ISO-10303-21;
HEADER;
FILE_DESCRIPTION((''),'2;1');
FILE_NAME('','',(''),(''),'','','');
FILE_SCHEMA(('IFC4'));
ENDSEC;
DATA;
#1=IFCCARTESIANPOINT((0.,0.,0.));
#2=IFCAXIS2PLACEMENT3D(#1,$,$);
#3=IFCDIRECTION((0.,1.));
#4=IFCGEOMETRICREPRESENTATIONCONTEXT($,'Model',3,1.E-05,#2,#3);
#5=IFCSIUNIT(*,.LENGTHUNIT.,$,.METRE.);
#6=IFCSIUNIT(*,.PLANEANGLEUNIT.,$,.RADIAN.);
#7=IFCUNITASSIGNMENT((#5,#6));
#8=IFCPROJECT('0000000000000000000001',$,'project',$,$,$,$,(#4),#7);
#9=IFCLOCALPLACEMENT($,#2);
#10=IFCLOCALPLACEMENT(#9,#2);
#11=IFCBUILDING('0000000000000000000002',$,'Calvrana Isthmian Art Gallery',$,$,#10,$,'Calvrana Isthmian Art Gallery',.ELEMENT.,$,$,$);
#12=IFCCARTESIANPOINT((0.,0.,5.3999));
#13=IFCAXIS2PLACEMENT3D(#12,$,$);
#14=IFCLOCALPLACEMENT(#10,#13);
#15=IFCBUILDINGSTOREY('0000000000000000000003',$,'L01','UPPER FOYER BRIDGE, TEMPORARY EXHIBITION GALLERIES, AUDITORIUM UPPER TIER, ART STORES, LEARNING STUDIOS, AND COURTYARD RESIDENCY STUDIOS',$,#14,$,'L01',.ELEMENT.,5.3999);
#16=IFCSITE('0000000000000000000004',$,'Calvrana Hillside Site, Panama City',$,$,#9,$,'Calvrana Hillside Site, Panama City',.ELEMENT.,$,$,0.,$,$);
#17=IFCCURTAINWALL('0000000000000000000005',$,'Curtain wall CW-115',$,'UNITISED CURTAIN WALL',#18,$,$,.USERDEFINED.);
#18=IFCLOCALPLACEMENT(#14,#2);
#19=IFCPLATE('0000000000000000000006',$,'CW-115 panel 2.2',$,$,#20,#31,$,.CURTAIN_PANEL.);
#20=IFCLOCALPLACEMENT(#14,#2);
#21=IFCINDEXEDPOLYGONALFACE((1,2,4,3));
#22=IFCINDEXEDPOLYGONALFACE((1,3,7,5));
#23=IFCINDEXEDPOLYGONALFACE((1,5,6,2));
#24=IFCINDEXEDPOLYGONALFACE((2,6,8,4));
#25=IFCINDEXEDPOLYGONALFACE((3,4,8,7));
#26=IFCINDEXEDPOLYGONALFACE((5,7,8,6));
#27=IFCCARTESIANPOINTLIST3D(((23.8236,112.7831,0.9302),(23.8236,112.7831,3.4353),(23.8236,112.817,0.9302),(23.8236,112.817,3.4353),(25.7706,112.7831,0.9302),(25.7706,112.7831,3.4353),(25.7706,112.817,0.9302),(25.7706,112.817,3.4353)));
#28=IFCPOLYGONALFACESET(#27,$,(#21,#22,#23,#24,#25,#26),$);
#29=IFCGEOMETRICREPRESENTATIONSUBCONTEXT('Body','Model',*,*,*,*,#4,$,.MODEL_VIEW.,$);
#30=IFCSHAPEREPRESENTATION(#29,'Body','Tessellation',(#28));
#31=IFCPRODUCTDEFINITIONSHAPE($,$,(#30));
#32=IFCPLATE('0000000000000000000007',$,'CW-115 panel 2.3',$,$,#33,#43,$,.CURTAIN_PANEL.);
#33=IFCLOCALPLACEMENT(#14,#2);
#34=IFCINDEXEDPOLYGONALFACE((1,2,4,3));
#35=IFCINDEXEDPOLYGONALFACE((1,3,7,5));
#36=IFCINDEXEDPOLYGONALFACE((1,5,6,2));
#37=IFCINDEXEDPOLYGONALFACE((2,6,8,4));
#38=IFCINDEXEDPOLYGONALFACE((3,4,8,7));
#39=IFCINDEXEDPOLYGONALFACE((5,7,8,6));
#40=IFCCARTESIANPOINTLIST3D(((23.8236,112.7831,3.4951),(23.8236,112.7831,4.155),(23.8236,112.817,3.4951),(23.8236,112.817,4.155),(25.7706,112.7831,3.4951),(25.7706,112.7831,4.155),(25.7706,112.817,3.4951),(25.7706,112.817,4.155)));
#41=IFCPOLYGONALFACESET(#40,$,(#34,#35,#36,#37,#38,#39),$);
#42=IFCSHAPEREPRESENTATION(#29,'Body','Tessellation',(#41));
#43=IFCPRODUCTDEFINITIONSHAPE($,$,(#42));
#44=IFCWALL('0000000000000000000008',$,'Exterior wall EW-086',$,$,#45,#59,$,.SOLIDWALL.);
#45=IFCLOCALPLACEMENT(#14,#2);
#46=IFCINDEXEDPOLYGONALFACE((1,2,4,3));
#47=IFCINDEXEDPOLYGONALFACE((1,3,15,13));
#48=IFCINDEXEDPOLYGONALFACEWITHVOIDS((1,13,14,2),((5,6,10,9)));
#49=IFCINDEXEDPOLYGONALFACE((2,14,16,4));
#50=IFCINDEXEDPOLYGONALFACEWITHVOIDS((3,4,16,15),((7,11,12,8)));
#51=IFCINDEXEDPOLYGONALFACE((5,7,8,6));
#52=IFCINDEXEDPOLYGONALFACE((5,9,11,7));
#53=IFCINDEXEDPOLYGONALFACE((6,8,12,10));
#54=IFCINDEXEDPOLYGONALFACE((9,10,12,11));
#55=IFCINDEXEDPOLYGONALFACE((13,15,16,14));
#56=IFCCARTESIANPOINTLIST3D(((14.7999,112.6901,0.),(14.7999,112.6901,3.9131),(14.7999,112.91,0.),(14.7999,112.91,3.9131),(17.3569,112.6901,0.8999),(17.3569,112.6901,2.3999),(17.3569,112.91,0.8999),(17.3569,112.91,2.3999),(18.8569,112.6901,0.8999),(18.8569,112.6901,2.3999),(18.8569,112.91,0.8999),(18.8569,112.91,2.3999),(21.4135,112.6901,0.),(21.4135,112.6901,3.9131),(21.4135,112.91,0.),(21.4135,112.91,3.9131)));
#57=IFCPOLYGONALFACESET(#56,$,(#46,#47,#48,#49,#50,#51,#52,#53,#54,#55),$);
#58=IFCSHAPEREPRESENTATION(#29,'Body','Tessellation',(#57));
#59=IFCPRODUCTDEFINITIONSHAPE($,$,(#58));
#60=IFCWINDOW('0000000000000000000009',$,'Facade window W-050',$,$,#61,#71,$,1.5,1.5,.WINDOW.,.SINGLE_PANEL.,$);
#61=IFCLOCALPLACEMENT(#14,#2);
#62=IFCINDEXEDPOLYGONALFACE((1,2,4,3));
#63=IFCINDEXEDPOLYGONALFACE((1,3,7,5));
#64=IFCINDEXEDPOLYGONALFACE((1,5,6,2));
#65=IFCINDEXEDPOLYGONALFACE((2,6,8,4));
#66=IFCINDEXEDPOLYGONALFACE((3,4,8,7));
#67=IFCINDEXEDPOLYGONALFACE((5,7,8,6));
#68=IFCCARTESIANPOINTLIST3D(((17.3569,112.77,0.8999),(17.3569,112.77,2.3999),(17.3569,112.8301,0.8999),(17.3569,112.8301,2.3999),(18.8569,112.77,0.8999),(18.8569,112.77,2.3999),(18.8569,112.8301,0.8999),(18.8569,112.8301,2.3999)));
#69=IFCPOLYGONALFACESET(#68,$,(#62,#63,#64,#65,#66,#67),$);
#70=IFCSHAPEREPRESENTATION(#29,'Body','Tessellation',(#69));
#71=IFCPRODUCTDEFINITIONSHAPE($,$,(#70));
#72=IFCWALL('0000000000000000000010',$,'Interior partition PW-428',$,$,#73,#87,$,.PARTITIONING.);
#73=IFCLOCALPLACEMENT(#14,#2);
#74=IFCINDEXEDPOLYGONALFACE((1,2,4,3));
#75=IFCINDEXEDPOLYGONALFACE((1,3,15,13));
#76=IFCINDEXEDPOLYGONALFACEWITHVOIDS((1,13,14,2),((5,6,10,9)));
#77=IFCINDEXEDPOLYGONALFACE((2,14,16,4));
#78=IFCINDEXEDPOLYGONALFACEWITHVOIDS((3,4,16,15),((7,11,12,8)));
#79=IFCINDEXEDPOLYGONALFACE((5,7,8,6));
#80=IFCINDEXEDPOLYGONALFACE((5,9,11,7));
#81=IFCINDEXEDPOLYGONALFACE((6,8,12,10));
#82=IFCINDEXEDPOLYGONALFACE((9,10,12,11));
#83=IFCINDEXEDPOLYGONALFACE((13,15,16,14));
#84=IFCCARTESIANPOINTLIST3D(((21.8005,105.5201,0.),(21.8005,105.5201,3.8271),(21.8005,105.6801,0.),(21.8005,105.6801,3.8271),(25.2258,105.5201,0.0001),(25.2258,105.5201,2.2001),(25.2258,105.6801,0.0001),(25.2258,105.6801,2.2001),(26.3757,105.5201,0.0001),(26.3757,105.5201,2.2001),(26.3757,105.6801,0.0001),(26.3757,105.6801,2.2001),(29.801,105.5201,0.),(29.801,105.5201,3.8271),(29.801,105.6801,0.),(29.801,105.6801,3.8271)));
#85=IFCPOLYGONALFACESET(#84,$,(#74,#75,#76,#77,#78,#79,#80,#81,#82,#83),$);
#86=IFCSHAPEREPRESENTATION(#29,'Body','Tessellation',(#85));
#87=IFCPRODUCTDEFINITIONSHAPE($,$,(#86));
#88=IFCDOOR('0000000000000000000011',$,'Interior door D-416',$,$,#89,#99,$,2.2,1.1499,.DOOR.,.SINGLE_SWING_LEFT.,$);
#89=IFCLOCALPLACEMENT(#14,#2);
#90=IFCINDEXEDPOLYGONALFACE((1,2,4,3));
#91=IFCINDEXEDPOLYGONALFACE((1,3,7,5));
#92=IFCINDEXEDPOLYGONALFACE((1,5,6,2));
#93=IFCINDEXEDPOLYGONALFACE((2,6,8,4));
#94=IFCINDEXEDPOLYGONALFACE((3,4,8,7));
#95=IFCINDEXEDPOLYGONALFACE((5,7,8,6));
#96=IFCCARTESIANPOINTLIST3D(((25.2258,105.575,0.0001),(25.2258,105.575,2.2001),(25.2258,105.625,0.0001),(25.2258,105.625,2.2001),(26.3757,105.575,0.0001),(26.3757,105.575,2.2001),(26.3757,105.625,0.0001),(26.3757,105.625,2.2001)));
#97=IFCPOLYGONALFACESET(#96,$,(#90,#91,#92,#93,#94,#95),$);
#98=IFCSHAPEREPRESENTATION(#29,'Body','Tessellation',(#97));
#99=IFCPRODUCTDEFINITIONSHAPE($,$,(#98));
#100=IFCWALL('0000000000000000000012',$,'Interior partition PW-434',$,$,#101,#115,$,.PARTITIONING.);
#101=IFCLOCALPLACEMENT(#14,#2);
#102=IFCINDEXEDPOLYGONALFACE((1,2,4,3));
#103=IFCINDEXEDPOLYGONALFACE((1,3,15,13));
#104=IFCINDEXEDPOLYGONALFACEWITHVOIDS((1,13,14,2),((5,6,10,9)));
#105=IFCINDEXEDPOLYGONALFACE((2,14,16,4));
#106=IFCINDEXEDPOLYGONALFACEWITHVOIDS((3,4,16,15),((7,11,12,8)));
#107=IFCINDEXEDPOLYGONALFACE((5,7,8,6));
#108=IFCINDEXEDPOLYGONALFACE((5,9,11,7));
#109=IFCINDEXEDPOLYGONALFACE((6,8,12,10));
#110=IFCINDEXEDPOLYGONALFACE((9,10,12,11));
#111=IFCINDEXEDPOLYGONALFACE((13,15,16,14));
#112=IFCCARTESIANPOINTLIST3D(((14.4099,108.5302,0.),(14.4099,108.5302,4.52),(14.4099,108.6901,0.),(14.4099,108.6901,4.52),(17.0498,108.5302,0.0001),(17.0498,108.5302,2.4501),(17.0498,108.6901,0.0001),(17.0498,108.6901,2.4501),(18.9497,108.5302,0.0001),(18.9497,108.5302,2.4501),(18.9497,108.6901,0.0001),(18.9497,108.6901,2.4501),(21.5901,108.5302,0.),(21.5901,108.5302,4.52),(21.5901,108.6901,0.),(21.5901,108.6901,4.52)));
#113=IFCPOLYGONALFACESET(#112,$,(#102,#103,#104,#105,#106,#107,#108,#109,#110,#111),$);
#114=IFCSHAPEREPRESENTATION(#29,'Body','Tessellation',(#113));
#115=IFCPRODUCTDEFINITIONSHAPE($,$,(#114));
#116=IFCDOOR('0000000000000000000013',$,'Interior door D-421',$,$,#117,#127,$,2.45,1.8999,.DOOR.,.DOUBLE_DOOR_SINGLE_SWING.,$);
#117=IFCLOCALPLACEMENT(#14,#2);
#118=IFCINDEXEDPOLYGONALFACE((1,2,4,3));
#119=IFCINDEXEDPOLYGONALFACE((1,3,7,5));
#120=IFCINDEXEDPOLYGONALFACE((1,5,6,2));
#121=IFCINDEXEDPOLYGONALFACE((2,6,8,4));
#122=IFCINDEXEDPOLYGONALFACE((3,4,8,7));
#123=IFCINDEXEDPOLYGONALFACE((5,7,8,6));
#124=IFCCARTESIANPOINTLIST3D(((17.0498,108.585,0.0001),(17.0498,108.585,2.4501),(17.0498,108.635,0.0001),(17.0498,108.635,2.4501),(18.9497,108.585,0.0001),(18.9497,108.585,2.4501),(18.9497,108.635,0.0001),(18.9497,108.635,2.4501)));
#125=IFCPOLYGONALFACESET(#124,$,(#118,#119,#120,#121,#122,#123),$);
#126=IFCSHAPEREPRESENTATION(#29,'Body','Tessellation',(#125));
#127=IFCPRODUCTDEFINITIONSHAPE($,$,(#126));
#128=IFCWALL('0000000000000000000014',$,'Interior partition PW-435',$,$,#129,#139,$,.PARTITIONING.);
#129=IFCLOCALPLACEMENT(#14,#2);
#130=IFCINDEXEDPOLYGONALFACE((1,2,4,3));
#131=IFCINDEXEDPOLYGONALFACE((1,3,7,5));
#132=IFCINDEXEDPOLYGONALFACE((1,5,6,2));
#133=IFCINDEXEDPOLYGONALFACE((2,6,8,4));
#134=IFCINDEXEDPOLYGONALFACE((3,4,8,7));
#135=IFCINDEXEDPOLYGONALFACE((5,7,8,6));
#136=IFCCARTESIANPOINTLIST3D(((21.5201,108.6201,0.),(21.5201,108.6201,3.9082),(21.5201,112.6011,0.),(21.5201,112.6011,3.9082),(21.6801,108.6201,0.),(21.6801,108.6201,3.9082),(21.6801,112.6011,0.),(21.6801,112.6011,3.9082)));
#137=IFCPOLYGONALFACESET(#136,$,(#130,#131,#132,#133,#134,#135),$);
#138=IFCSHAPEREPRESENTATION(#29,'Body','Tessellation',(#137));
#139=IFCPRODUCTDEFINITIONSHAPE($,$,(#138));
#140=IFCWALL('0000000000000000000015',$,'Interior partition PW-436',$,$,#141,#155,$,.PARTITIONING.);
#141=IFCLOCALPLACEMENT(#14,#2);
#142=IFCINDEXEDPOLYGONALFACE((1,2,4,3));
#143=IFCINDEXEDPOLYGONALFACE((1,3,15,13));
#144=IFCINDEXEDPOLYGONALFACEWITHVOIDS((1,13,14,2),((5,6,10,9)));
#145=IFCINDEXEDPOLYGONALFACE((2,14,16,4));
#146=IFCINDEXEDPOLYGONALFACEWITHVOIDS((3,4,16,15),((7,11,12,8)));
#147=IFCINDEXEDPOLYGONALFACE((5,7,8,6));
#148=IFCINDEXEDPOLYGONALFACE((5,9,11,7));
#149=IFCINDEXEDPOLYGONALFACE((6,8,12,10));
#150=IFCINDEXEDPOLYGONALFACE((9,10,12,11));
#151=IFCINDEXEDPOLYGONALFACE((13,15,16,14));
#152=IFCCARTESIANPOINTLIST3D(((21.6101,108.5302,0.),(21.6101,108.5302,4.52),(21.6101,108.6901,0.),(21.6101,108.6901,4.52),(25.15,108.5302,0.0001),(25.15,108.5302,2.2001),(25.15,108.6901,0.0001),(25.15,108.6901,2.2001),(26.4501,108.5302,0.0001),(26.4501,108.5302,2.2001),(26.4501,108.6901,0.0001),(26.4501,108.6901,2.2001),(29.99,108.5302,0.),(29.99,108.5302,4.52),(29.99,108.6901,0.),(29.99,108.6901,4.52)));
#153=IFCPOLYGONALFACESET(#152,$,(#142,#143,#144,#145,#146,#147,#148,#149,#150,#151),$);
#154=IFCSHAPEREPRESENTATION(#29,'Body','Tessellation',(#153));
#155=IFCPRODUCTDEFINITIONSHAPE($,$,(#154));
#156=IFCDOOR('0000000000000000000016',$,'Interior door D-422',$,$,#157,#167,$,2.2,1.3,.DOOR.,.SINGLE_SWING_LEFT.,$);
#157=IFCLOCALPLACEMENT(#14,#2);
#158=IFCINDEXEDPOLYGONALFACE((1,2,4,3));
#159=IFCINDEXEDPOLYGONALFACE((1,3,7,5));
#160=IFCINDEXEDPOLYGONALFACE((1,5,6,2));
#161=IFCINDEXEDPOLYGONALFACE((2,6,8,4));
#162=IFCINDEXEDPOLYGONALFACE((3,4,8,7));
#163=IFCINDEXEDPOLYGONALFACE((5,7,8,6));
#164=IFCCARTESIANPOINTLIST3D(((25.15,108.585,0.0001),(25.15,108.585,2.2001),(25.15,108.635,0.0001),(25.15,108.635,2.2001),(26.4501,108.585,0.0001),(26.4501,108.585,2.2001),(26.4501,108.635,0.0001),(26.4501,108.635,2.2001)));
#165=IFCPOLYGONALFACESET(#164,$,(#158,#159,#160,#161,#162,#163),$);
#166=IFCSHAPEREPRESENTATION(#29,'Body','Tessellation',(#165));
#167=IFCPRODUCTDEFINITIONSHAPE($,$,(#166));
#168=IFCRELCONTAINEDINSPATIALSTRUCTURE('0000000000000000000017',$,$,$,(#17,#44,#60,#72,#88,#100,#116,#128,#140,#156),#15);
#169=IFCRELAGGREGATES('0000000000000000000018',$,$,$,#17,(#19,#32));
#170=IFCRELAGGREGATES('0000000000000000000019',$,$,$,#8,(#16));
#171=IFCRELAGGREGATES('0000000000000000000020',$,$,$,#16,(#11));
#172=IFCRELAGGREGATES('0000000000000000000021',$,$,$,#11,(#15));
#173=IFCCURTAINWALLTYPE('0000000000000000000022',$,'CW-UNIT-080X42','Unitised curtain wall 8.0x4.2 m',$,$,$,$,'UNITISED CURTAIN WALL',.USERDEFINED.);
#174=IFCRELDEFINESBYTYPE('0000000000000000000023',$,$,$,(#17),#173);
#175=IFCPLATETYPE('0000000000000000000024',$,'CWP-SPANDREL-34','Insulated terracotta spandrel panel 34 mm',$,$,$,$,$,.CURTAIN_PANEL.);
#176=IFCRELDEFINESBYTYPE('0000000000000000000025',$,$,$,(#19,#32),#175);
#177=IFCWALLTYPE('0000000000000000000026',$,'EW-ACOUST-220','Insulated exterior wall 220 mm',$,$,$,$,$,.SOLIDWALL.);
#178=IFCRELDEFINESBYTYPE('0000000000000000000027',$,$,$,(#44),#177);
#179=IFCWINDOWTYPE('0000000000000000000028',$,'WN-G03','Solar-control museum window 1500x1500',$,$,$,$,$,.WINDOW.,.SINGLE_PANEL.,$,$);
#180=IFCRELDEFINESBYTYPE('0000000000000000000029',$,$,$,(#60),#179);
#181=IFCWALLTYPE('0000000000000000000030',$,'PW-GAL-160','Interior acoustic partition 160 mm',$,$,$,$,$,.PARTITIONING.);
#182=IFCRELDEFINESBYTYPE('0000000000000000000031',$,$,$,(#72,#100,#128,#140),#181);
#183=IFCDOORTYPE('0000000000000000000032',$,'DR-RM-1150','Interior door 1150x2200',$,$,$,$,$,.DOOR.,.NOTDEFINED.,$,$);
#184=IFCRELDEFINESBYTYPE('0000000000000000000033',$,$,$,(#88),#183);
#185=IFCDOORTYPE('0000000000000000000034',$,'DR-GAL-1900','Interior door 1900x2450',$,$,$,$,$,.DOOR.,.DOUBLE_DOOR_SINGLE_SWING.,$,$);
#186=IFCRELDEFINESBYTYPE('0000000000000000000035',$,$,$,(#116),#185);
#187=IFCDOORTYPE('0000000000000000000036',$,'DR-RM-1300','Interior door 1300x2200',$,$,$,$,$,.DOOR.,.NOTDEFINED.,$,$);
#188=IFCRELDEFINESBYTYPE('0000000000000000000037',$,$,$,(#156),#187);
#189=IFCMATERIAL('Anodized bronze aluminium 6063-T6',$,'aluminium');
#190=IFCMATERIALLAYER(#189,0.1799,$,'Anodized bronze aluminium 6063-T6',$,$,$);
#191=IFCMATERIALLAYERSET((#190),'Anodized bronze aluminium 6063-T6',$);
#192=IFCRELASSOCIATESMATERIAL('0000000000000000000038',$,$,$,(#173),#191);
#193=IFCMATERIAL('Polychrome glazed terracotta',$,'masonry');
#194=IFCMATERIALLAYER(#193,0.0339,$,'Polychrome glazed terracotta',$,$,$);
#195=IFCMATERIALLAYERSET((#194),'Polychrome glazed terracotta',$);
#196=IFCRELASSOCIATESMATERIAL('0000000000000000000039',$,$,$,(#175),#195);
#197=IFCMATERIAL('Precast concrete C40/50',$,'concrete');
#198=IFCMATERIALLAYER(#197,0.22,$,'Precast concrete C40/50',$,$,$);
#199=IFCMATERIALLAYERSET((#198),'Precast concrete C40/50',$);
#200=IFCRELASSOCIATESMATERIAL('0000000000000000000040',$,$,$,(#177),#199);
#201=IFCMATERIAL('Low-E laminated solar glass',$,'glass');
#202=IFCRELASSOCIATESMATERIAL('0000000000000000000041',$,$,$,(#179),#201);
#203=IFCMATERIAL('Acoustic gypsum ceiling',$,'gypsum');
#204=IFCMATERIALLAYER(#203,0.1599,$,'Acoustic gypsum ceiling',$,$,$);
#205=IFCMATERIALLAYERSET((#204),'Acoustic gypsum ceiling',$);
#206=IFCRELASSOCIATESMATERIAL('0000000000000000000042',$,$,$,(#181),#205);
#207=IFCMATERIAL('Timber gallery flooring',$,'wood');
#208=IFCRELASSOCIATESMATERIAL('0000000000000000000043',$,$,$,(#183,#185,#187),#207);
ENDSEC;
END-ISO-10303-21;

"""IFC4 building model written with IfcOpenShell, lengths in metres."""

from ifc_helpers import new_model, si_unit, direction, frame, frame_2d, origin, origin_2d, place, context, subcontext, project, spatial, rectangle, extrude, material, layer, layer_set, type_object, element, fill, aggregate, save


model = new_model("IFC4")

# Units and contexts
model_context = context("Model", 3, precision=1e-05, world=origin(), true_north=direction((0.0, 1.0)))
body_context = subcontext(model_context, "Body", "Model", "MODEL_VIEW")
ifc_project = project(units=[si_unit("LENGTHUNIT", "METRE"), si_unit("PLANEANGLEUNIT", "RADIAN")], contexts=[model_context])

# Site, building, storey
site_placement = place(None, origin())
site = spatial("IfcSite", under=ifc_project, at=site_placement, Name="Calvrana Hillside Site, Panama City", LongName="Calvrana Hillside Site, Panama City", CompositionType="ELEMENT", RefElevation=0.0)
building_placement = place(site_placement, origin())
building = spatial("IfcBuilding", under=site, at=building_placement, Name="Calvrana Isthmian Art Gallery", LongName="Calvrana Isthmian Art Gallery", CompositionType="ELEMENT")
storey_placement = place(building_placement, frame((0.0, 0.0, 5.3999)))
storey = spatial("IfcBuildingStorey", under=building, at=storey_placement, Name="L01", Description="UPPER FOYER BRIDGE, TEMPORARY EXHIBITION GALLERIES, AUDITORIUM UPPER TIER, ART STORES, LEARNING STUDIOS, AND COURTYARD RESIDENCY STUDIOS", LongName="L01", CompositionType="ELEMENT", Elevation=5.3999)

# Curtain wall, plates
ifc_material_1 = material(Name="Anodized bronze aluminium 6063-T6", Category="aluminium")
ifc_layer_1 = layer(ifc_material_1, 0.1799, Name="Anodized bronze aluminium 6063-T6")
ifc_layer_set_1 = layer_set([ifc_layer_1], Name="Anodized bronze aluminium 6063-T6")
curtain_wall_type = type_object("IfcCurtainWallType", Name="CW-UNIT-080X42", Description="Unitised curtain wall 8.0x4.2 m", ElementType="UNITISED CURTAIN WALL", PredefinedType="USERDEFINED", material=ifc_layer_set_1)
curtain_wall_placement = place(storey_placement, origin())
curtain_wall = element("IfcCurtainWall", 1, at=curtain_wall_placement, inside=storey, type_object=curtain_wall_type, Name="Curtain wall CW-115", ObjectType="UNITISED CURTAIN WALL", PredefinedType="USERDEFINED")
ifc_material_2 = material(Name="Polychrome glazed terracotta", Category="masonry")
ifc_layer_2 = layer(ifc_material_2, 0.0339, Name="Polychrome glazed terracotta")
ifc_layer_set_2 = layer_set([ifc_layer_2], Name="Polychrome glazed terracotta")
plate_type = type_object("IfcPlateType", Name="CWP-SPANDREL-34", Description="Insulated terracotta spandrel panel 34 mm", PredefinedType="CURTAIN_PANEL", material=ifc_layer_set_2)
plate_1_placement = place(storey_placement, frame((24.7971, 112.8, 0.9302), z_axis=(0.0, 0.0, 1.0), x_axis=(1.0, 0.0, 0.0)))
plate_1 = element("IfcPlate", 2, at=plate_1_placement, type_object=plate_type, Name="CW-115 panel 2.2", PredefinedType="CURTAIN_PANEL", context=body_context, shape_type="SweptSolid", body=[
    extrude(rectangle(XDim=1.947, YDim=0.0339, at=origin_2d()), origin(), (0.0, 0.0, 1.0), 2.5051),
])
plate_2_placement = place(storey_placement, frame((24.7971, 112.8, 3.4951), z_axis=(0.0, 0.0, 1.0), x_axis=(1.0, 0.0, 0.0)))
plate_2 = element("IfcPlate", 3, at=plate_2_placement, type_object=plate_type, Name="CW-115 panel 2.3", PredefinedType="CURTAIN_PANEL", context=body_context, shape_type="SweptSolid", body=[
    extrude(rectangle(XDim=1.947, YDim=0.0339, at=origin_2d()), origin(), (0.0, 0.0, 1.0), 0.6599),
])
aggregate(curtain_wall, [plate_1, plate_2])

# Wall, opening, window
ifc_material_3 = material(Name="Precast concrete C40/50", Category="concrete")
ifc_layer_3 = layer(ifc_material_3, 0.22, Name="Precast concrete C40/50")
ifc_layer_set_3 = layer_set([ifc_layer_3], Name="Precast concrete C40/50")
wall_type_1 = type_object("IfcWallType", Name="EW-ACOUST-220", Description="Insulated exterior wall 220 mm", PredefinedType="SOLIDWALL", material=ifc_layer_set_3)
wall_1_placement = place(storey_placement, frame((14.8, 112.8, 0.0), z_axis=(0.0, 0.0, 1.0), x_axis=(1.0, 0.0, 0.0)))
wall_1 = element("IfcWall", 4, at=wall_1_placement, inside=storey, type_object=wall_type_1, Name="Exterior wall EW-086", PredefinedType="SOLIDWALL", context=body_context, shape_type="SweptSolid", body=[
    extrude(rectangle(XDim=6.6135, YDim=0.22, at=frame_2d((3.3066, 0.0))), origin(), (0.0, 0.0, 1.0), 3.9131),
])
opening_1_placement = place(wall_1_placement, frame((2.5569, 0.0, 0.8999)))
opening_1 = element("IfcOpeningElement", 5, at=opening_1_placement, cuts=wall_1, PredefinedType="OPENING", context=body_context, shape_type="SweptSolid", body=[
    extrude(rectangle(XDim=1.5, YDim=1.5, at=frame_2d((0.75, 0.75))), frame((0.0, 0.1201, 0.0), z_axis=(0.0, -1.0, 0.0), x_axis=(1.0, 0.0, 0.0)), (0.0, 0.0, 1.0), 0.2405),
])
ifc_material_4 = material(Name="Low-E laminated solar glass", Category="glass")
window_type = type_object("IfcWindowType", Name="WN-G03", Description="Solar-control museum window 1500x1500", PartitioningType="SINGLE_PANEL", PredefinedType="WINDOW", material=ifc_material_4)
window_placement = place(opening_1_placement, origin())
window = element("IfcWindow", 6, at=window_placement, inside=storey, type_object=window_type, Name="Facade window W-050", OverallHeight=1.5, OverallWidth=1.5, PartitioningType="SINGLE_PANEL", PredefinedType="WINDOW", context=body_context, shape_type="SweptSolid", body=[
    extrude(rectangle(XDim=1.5, YDim=1.5, at=frame_2d((0.75, 0.75))), frame((0.0, 0.03, 0.0), z_axis=(0.0, -1.0, 0.0), x_axis=(1.0, 0.0, 0.0)), (0.0, 0.0, 1.0), 0.0601),
])
fill(opening_1, window)

# Walls, openings, doors
ifc_material_5 = material(Name="Acoustic gypsum ceiling", Category="gypsum")
ifc_layer_4 = layer(ifc_material_5, 0.1599, Name="Acoustic gypsum ceiling")
ifc_layer_set_4 = layer_set([ifc_layer_4], Name="Acoustic gypsum ceiling")
wall_type_2 = type_object("IfcWallType", Name="PW-GAL-160", Description="Interior acoustic partition 160 mm", PredefinedType="PARTITIONING", material=ifc_layer_set_4)
wall_2_placement = place(storey_placement, frame((21.8005, 105.6001, 0.0), z_axis=(0.0, 0.0, 1.0), x_axis=(1.0, 0.0, 0.0)))
wall_2 = element("IfcWall", 7, at=wall_2_placement, inside=storey, type_object=wall_type_2, Name="Interior partition PW-428", PredefinedType="PARTITIONING", context=body_context, shape_type="SweptSolid", body=[
    extrude(rectangle(XDim=8.0005, YDim=0.1599, at=frame_2d((4.0002, 0.0))), origin(), (0.0, 0.0, 1.0), 3.8271),
])
opening_2_placement = place(wall_2_placement, frame((3.4253, 0.0, 0.0)))
opening_2 = element("IfcOpeningElement", 8, at=opening_2_placement, cuts=wall_2, PredefinedType="OPENING", context=body_context, shape_type="SweptSolid", body=[
    extrude(rectangle(XDim=1.1499, YDim=2.2, at=frame_2d((0.575, 1.1001))), frame((0.0, 0.0903, 0.0), z_axis=(0.0, -1.0, 0.0), x_axis=(1.0, 0.0, 0.0)), (0.0, 0.0, 1.0), 0.1804),
])
ifc_material_6 = material(Name="Timber gallery flooring", Category="wood")
door_type_1 = type_object("IfcDoorType", Name="DR-RM-1150", Description="Interior door 1150x2200", OperationType="NOTDEFINED", PredefinedType="DOOR", material=ifc_material_6)
door_1_placement = place(opening_2_placement, origin())
door_1 = element("IfcDoor", 9, at=door_1_placement, inside=storey, type_object=door_type_1, Name="Interior door D-416", OperationType="SINGLE_SWING_LEFT", OverallHeight=2.2, OverallWidth=1.1499, PredefinedType="DOOR", context=body_context, shape_type="SweptSolid", body=[
    extrude(rectangle(XDim=1.1499, YDim=2.2, at=frame_2d((0.575, 1.1001))), frame((0.0, 0.0249, 0.0), z_axis=(0.0, -1.0, 0.0), x_axis=(1.0, 0.0, 0.0)), (0.0, 0.0, 1.0), 0.05),
])
fill(opening_2, door_1)
wall_3_placement = place(storey_placement, frame((14.4099, 108.6101, 0.0), z_axis=(0.0, 0.0, 1.0), x_axis=(1.0, 0.0, 0.0)))
wall_3 = element("IfcWall", 10, at=wall_3_placement, inside=storey, type_object=wall_type_2, Name="Interior partition PW-434", PredefinedType="PARTITIONING", context=body_context, shape_type="SweptSolid", body=[
    extrude(rectangle(XDim=7.1802, YDim=0.1599, at=frame_2d((3.5901, 0.0))), origin(), (0.0, 0.0, 1.0), 4.52),
])
opening_3_placement = place(wall_3_placement, frame((2.6399, 0.0, 0.0)))
opening_3 = element("IfcOpeningElement", 11, at=opening_3_placement, cuts=wall_3, PredefinedType="OPENING", context=body_context, shape_type="SweptSolid", body=[
    extrude(rectangle(XDim=1.8999, YDim=2.45, at=frame_2d((0.95, 1.2251))), frame((0.0, 0.0903, 0.0), z_axis=(0.0, -1.0, 0.0), x_axis=(1.0, 0.0, 0.0)), (0.0, 0.0, 1.0), 0.1804),
])
door_type_2 = type_object("IfcDoorType", Name="DR-GAL-1900", Description="Interior door 1900x2450", OperationType="DOUBLE_DOOR_SINGLE_SWING", PredefinedType="DOOR", material=ifc_material_6)
door_2_placement = place(opening_3_placement, origin())
door_2 = element("IfcDoor", 12, at=door_2_placement, inside=storey, type_object=door_type_2, Name="Interior door D-421", OperationType="DOUBLE_DOOR_SINGLE_SWING", OverallHeight=2.45, OverallWidth=1.8999, PredefinedType="DOOR", context=body_context, shape_type="SweptSolid", body=[
    extrude(rectangle(XDim=1.8999, YDim=2.45, at=frame_2d((0.95, 1.2251))), frame((0.0, 0.0249, 0.0), z_axis=(0.0, -1.0, 0.0), x_axis=(1.0, 0.0, 0.0)), (0.0, 0.0, 1.0), 0.05),
])
fill(opening_3, door_2)

# Wall
wall_4_placement = place(storey_placement, frame((21.6001, 108.6201, 0.0), z_axis=(0.0, 0.0, 1.0), x_axis=(0.0, 1.0, 0.0)))
element("IfcWall", 13, at=wall_4_placement, inside=storey, type_object=wall_type_2, Name="Interior partition PW-435", PredefinedType="PARTITIONING", context=body_context, shape_type="SweptSolid", body=[
    extrude(rectangle(XDim=3.981, YDim=0.1599, at=frame_2d((1.9905, 0.0))), origin(), (0.0, 0.0, 1.0), 3.9082),
])

# Wall, opening, door
wall_5_placement = place(storey_placement, frame((21.6101, 108.6101, 0.0), z_axis=(0.0, 0.0, 1.0), x_axis=(1.0, 0.0, 0.0)))
wall_5 = element("IfcWall", 14, at=wall_5_placement, inside=storey, type_object=wall_type_2, Name="Interior partition PW-436", PredefinedType="PARTITIONING", context=body_context, shape_type="SweptSolid", body=[
    extrude(rectangle(XDim=8.3799, YDim=0.1599, at=frame_2d((4.1899, 0.0))), origin(), (0.0, 0.0, 1.0), 4.52),
])
opening_4_placement = place(wall_5_placement, frame((3.54, 0.0, 0.0)))
opening_4 = element("IfcOpeningElement", 15, at=opening_4_placement, cuts=wall_5, PredefinedType="OPENING", context=body_context, shape_type="SweptSolid", body=[
    extrude(rectangle(XDim=1.3, YDim=2.2, at=frame_2d((0.6499, 1.1001))), frame((0.0, 0.0903, 0.0), z_axis=(0.0, -1.0, 0.0), x_axis=(1.0, 0.0, 0.0)), (0.0, 0.0, 1.0), 0.1804),
])
door_type_3 = type_object("IfcDoorType", Name="DR-RM-1300", Description="Interior door 1300x2200", OperationType="NOTDEFINED", PredefinedType="DOOR", material=ifc_material_6)
door_3_placement = place(opening_4_placement, origin())
door_3 = element("IfcDoor", 16, at=door_3_placement, inside=storey, type_object=door_type_3, Name="Interior door D-422", OperationType="SINGLE_SWING_LEFT", OverallHeight=2.2, OverallWidth=1.3, PredefinedType="DOOR", context=body_context, shape_type="SweptSolid", body=[
    extrude(rectangle(XDim=1.3, YDim=2.2, at=frame_2d((0.6499, 1.1001))), frame((0.0, 0.0249, 0.0), z_axis=(0.0, -1.0, 0.0), x_axis=(1.0, 0.0, 0.0)), (0.0, 0.0, 1.0), 0.05),
])
fill(opening_4, door_3)

save(model, "model.ifc")
